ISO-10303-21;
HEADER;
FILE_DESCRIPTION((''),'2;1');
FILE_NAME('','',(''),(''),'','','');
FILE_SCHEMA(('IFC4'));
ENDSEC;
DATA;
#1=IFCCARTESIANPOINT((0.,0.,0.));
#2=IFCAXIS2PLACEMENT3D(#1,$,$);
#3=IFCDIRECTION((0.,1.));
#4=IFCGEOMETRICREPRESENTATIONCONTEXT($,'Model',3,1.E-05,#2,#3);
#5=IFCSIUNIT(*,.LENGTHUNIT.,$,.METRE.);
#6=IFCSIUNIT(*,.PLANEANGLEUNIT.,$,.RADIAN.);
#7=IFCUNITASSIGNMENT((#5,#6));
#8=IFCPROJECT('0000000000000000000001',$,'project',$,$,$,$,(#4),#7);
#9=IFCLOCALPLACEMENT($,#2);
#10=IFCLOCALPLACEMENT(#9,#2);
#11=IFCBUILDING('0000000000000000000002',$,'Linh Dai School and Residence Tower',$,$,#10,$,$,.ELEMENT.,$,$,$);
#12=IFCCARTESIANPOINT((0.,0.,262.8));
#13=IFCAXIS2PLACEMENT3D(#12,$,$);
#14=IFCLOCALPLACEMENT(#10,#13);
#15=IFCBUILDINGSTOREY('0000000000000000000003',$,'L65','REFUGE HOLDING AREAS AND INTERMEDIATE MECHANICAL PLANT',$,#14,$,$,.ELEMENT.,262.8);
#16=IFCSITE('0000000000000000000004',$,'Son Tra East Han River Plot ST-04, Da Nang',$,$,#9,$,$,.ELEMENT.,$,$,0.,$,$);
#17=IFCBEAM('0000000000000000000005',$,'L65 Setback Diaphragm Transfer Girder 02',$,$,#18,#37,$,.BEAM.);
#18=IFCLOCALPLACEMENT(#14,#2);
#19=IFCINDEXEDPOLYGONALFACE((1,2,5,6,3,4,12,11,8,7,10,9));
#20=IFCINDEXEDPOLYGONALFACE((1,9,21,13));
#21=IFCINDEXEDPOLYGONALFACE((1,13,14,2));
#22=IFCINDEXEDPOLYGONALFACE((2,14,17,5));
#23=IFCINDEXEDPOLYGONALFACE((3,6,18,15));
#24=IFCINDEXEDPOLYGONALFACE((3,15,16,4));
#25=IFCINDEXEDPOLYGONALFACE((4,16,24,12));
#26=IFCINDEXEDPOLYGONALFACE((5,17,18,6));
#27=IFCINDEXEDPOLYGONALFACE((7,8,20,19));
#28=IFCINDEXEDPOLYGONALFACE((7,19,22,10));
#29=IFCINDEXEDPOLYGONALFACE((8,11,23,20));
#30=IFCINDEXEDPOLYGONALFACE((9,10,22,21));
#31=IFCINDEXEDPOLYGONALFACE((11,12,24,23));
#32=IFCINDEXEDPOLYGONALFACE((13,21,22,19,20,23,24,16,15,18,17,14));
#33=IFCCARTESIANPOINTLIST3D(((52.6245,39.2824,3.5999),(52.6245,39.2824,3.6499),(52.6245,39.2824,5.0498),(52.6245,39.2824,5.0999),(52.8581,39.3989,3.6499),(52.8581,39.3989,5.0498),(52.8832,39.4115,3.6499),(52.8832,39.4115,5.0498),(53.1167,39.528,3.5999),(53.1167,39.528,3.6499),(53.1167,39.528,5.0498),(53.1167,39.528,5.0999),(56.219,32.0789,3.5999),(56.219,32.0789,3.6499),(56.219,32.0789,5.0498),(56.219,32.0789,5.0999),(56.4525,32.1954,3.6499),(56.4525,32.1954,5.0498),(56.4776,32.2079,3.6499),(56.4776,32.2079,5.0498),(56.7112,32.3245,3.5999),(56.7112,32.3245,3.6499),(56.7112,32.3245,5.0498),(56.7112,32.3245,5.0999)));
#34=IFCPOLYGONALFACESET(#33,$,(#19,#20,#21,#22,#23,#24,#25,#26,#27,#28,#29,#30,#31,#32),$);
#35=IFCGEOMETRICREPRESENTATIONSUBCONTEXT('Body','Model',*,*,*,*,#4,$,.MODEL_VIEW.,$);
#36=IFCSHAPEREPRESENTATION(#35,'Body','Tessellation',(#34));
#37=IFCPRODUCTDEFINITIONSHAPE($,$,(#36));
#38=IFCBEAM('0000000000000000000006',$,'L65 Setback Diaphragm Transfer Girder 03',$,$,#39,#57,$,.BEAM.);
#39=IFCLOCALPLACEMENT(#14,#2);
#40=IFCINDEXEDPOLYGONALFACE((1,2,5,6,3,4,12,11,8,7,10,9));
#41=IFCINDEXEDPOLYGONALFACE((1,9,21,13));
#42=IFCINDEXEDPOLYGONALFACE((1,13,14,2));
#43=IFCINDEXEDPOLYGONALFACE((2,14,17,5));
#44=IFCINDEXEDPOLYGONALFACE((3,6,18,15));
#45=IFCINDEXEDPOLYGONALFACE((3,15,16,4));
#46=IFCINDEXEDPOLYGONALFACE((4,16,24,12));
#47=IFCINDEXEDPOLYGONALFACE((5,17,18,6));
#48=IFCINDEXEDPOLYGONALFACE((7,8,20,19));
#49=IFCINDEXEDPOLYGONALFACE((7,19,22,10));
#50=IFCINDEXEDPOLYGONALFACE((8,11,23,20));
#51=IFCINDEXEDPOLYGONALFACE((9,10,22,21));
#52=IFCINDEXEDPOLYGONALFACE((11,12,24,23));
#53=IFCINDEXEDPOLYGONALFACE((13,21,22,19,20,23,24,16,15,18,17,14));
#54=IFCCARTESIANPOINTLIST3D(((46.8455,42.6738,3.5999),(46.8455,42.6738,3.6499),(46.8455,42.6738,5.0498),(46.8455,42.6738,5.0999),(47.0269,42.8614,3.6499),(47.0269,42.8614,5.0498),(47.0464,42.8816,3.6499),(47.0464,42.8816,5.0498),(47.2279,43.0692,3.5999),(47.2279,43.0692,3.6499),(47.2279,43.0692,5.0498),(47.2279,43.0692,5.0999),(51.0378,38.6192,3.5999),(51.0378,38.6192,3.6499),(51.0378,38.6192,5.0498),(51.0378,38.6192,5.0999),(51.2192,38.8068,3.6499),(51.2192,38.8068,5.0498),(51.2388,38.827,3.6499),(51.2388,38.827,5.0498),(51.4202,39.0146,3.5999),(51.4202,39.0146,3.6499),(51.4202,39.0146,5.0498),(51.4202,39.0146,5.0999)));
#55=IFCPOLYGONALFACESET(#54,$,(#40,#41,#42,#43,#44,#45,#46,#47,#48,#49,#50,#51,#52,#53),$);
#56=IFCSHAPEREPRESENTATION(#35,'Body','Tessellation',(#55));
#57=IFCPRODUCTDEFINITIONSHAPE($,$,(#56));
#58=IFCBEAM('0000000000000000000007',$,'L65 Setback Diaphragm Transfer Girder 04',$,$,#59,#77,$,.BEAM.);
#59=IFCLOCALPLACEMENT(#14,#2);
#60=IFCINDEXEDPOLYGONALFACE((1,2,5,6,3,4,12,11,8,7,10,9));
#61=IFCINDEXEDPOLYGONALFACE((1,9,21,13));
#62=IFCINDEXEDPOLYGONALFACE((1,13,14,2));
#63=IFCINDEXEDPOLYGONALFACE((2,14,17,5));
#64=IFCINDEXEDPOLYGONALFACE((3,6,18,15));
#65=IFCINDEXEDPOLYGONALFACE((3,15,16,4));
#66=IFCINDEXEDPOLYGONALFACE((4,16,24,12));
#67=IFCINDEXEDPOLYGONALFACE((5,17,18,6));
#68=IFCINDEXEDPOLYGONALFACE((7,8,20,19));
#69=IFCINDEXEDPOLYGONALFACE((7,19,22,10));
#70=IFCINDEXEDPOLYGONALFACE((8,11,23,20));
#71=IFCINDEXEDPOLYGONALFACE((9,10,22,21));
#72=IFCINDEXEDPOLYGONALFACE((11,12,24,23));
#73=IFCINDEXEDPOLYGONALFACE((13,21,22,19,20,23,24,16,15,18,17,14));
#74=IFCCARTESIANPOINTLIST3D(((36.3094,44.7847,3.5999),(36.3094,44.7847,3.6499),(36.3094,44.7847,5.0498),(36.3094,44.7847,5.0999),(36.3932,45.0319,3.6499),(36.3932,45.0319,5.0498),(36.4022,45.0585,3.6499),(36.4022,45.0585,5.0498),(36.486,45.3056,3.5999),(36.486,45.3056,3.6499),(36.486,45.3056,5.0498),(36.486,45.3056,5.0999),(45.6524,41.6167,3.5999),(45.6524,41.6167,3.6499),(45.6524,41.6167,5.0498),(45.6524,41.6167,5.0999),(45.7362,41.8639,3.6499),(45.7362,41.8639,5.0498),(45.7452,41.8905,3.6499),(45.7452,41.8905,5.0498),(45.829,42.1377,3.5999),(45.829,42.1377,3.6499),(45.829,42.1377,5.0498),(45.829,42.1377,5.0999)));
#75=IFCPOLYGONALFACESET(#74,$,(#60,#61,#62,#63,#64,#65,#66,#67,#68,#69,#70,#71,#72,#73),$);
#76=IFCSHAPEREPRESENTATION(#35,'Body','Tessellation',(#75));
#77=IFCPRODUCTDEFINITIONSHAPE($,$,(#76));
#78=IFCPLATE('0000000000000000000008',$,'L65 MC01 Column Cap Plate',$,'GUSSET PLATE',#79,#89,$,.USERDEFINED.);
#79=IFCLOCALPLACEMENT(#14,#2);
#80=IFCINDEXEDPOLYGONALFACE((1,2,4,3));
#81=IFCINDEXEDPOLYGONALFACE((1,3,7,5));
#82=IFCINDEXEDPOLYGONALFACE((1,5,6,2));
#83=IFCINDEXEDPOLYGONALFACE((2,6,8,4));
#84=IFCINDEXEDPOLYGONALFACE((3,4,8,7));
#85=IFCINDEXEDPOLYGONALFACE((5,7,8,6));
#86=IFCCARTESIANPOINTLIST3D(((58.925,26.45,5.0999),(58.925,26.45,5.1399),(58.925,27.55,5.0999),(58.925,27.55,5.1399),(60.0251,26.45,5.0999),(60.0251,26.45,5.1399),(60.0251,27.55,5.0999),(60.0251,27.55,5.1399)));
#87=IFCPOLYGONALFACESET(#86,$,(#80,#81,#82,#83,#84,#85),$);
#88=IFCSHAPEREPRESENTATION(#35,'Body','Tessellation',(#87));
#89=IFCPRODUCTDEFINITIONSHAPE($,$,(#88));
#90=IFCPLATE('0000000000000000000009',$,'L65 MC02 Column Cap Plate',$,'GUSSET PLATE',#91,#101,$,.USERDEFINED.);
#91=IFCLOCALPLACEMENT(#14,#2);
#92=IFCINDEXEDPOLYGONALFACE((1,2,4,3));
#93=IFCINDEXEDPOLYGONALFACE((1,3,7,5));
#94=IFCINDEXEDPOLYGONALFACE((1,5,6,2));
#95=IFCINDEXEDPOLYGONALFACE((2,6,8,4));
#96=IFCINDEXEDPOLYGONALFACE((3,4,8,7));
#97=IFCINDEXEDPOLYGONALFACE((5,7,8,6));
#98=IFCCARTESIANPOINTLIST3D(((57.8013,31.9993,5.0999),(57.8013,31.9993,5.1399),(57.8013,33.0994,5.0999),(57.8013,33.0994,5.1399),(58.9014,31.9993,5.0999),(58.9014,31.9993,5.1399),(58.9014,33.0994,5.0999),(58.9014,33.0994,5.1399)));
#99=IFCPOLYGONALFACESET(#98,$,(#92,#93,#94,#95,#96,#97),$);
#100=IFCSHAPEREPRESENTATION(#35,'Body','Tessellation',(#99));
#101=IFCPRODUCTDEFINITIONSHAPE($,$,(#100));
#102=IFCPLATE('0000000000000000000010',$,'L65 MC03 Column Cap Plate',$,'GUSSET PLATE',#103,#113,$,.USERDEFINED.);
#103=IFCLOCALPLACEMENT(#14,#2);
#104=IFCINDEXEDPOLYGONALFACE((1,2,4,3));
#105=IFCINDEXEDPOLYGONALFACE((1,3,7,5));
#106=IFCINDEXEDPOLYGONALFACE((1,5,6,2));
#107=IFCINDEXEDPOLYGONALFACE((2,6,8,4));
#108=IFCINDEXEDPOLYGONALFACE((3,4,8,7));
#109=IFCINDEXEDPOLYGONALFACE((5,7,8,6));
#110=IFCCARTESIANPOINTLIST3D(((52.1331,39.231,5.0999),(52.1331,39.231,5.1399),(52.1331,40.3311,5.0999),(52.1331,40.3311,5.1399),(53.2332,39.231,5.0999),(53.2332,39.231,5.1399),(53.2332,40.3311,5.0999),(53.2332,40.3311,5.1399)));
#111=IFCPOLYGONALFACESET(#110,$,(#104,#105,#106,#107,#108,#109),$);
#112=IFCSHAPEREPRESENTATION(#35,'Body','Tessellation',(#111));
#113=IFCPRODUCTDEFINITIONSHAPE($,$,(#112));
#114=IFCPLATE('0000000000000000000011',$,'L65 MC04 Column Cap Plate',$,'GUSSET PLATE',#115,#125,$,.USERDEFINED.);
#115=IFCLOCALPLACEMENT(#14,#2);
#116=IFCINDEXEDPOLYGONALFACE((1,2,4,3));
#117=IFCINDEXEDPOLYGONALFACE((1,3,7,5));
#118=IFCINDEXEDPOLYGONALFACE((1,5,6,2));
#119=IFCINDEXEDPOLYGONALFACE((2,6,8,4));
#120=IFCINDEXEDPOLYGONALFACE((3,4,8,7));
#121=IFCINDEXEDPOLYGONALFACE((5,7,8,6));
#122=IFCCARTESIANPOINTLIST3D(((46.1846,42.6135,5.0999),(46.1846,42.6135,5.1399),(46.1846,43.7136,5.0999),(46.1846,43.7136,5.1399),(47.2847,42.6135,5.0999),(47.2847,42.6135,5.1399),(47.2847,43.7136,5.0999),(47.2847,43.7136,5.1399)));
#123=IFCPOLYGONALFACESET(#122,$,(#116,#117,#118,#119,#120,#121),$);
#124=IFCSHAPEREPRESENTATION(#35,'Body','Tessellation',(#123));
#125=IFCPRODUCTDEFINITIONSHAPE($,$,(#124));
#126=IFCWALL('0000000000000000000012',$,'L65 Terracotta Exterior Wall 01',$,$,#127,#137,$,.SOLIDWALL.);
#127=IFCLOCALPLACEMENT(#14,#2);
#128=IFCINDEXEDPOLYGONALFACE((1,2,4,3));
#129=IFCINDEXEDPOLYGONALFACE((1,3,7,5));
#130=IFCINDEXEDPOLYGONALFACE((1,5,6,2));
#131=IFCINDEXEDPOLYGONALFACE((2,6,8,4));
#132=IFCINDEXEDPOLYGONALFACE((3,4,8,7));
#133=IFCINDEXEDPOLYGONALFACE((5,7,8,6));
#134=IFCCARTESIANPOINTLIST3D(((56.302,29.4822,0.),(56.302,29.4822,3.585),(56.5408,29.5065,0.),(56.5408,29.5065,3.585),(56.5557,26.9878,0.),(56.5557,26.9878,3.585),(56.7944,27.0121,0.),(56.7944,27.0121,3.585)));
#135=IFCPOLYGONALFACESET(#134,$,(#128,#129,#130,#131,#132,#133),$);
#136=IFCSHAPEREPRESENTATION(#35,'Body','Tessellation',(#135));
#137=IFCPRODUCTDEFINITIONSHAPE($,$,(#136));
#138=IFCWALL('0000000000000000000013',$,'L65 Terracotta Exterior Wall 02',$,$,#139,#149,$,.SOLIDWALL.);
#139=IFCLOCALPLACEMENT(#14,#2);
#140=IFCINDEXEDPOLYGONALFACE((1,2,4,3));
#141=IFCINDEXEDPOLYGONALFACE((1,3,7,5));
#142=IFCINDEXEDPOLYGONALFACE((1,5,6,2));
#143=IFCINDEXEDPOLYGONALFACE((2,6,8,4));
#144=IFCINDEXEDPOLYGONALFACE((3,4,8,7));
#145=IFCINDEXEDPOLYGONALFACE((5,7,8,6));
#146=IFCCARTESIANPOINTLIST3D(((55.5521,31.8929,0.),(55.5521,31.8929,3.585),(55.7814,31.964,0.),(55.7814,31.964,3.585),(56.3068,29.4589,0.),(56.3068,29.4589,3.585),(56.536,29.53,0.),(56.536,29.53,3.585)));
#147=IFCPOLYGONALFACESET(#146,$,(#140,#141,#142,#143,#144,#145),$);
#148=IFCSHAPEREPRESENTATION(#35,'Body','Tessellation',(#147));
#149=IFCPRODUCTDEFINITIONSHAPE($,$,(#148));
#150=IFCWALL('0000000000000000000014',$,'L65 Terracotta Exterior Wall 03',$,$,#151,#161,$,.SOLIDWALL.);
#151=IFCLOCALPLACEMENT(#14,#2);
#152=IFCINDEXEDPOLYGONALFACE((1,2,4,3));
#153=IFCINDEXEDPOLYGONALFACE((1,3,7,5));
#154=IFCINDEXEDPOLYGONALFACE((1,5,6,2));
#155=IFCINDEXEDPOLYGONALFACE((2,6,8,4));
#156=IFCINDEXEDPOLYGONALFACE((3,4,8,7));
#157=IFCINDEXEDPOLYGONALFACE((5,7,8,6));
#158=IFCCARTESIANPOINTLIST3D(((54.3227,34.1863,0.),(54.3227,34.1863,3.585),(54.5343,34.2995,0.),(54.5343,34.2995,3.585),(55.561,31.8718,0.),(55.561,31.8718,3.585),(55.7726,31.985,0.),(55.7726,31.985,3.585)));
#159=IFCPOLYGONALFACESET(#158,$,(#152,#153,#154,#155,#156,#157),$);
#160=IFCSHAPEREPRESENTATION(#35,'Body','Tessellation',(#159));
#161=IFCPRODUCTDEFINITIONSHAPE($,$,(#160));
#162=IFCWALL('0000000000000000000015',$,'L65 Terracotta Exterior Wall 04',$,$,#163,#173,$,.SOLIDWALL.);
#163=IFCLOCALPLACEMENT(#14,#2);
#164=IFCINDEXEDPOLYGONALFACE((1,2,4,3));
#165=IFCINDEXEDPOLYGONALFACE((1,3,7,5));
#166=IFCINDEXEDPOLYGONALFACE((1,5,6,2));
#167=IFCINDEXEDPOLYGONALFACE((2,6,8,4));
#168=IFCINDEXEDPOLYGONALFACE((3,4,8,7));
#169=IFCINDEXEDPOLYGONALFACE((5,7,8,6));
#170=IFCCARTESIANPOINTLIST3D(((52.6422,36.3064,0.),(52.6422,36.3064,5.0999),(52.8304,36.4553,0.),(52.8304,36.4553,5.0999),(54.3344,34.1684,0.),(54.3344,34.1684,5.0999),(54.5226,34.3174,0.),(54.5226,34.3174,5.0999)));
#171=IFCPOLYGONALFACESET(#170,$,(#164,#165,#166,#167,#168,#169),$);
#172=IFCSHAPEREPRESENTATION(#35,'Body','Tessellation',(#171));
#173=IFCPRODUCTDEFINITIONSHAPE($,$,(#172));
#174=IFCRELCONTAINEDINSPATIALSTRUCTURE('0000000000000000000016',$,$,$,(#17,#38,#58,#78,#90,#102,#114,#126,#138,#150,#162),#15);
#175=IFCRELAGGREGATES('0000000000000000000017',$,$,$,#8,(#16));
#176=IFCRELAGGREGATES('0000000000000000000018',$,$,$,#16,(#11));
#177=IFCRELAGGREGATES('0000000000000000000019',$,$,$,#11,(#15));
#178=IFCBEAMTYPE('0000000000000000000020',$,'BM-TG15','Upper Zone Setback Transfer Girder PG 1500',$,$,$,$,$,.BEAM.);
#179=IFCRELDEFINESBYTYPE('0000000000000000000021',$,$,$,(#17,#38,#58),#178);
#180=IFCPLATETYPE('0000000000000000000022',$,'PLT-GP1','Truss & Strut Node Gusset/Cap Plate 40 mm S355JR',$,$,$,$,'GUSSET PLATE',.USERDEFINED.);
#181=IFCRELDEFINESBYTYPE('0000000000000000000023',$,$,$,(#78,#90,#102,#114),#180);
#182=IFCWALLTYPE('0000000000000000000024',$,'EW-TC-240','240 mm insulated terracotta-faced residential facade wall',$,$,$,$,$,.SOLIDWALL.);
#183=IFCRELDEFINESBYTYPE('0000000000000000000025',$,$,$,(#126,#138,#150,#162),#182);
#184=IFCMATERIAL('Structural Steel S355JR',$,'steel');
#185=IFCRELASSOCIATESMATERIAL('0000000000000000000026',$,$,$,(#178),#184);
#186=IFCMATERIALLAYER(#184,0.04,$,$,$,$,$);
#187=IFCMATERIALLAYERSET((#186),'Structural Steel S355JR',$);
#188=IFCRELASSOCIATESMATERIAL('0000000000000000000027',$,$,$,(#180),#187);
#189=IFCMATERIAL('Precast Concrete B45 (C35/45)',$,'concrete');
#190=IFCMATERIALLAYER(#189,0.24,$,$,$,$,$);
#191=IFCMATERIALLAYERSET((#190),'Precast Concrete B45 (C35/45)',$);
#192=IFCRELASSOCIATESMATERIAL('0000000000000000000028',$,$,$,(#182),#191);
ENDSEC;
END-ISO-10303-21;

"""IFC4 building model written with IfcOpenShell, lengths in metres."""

from ifc_helpers import new_model, si_unit, direction, frame, frame_2d, origin, origin_2d, place, context, subcontext, project, spatial, rectangle, i_section, extrude, source, transform, mapped, material, layer, layer_set, material_profile, profile_set, type_object, element, save


model = new_model("IFC4")

# Units and contexts
model_context = context("Model", 3, precision=1e-05, world=origin(), true_north=direction((0.0, 1.0)))
body_context = subcontext(model_context, "Body", "Model", "MODEL_VIEW")
ifc_project = project(units=[si_unit("LENGTHUNIT", "METRE"), si_unit("PLANEANGLEUNIT", "RADIAN")], contexts=[model_context])

# Site, building, storey
site_placement = place(None, origin())
site = spatial("IfcSite", under=ifc_project, at=site_placement, Name="Son Tra East Han River Plot ST-04, Da Nang", CompositionType="ELEMENT", RefElevation=0.0)
building_placement = place(site_placement, origin())
building = spatial("IfcBuilding", under=site, at=building_placement, Name="Linh Dai School and Residence Tower", CompositionType="ELEMENT")
storey_placement = place(building_placement, frame((0.0, 0.0, 262.8)))
storey = spatial("IfcBuildingStorey", under=building, at=storey_placement, Name="L65", Description="REFUGE HOLDING AREAS AND INTERMEDIATE MECHANICAL PLANT", CompositionType="ELEMENT", Elevation=262.8)

# Shared definitions
ifc_material_1 = material(Name="Structural Steel S355JR", Category="steel")

# Beams
ifc_material_profile_1 = material_profile(ifc_material_1, i_section(OverallWidth=0.55, OverallDepth=1.5, WebThickness=0.0281, FlangeThickness=0.05, at=origin_2d()), Name="PG 1500x550x28x50")
ifc_profile_set_1 = profile_set([ifc_material_profile_1], Name="Structural Steel S355JR")
beam_type_1 = type_object("IfcBeamType", Name="BM-TG15", Description="Upper Zone Setback Transfer Girder PG 1500", PredefinedType="BEAM", material=ifc_profile_set_1)
beam_1_placement = place(storey_placement, frame((56.4651, 32.2017, 4.3499), z_axis=(-0.446486, 0.894791, 0.0), x_axis=(-0.894791, -0.446486, 0.0)))
element("IfcBeam", 1, at=beam_1_placement, inside=storey, type_object=beam_type_1, Name="L65 Setback Diaphragm Transfer Girder 02", PredefinedType="BEAM", context=body_context, shape_type="SweptSolid", body=[
    extrude(i_section(OverallWidth=0.55, OverallDepth=1.5, WebThickness=0.0281, FlangeThickness=0.05, at=origin_2d()), origin(), (0.0, 0.0, 1.0), 8.0505),
])
beam_2_placement = place(storey_placement, frame((51.229, 38.8169, 4.3499), z_axis=(-0.718813, 0.695204, 0.0), x_axis=(-0.695204, -0.718813, 0.0)))
element("IfcBeam", 2, at=beam_2_placement, inside=storey, type_object=beam_type_1, Name="L65 Setback Diaphragm Transfer Girder 03", PredefinedType="BEAM", context=body_context, shape_type="SweptSolid", body=[
    extrude(i_section(OverallWidth=0.55, OverallDepth=1.5, WebThickness=0.0281, FlangeThickness=0.05, at=origin_2d()), origin(), (0.0, 0.0, 1.0), 5.8323),
])
beam_3_placement = place(storey_placement, frame((45.7407, 41.8772, 4.3499), z_axis=(-0.94704, 0.321116, 0.0), x_axis=(-0.321116, -0.94704, 0.0)))
element("IfcBeam", 3, at=beam_3_placement, inside=storey, type_object=beam_type_1, Name="L65 Setback Diaphragm Transfer Girder 04", PredefinedType="BEAM", context=body_context, shape_type="SweptSolid", body=[
    extrude(i_section(OverallWidth=0.55, OverallDepth=1.5, WebThickness=0.0281, FlangeThickness=0.05, at=origin_2d()), origin(), (0.0, 0.0, 1.0), 9.8655),
])

# Plates
ifc_layer_1 = layer(ifc_material_1, 0.04)
ifc_layer_set_1 = layer_set([ifc_layer_1], Name="Structural Steel S355JR")
plate_type = type_object("IfcPlateType", Name="PLT-GP1", Description="Truss & Strut Node Gusset/Cap Plate 40 mm S355JR", ElementType="GUSSET PLATE", PredefinedType="USERDEFINED", material=ifc_layer_set_1)
shared_shape_1 = source(origin(), body_context, "Body", "SweptSolid", [
    extrude(rectangle(XDim=1.1001, YDim=1.1001, at=origin_2d()), origin(), (0.0, 0.0, 1.0), 0.04),
])
for number, where, z_axis, x_axis, name in (
    (4, (59.4751, 27.0, 5.0999), (0.0, 0.0, 1.0), (1.0, 0.0, 0.0), "L65 MC01 Column Cap Plate"),
    (5, (58.3513, 32.5493, 5.0999), (0.0, 0.0, 1.0), (1.0, 0.0, 0.0), "L65 MC02 Column Cap Plate"),
    (6, (52.6831, 39.781, 5.0999), (0.0, 0.0, 1.0), (1.0, 0.0, 0.0), "L65 MC03 Column Cap Plate"),
    (7, (46.7346, 43.1636, 5.0999), (0.0, 0.0, 1.0), (1.0, 0.0, 0.0), "L65 MC04 Column Cap Plate"),
):
    element("IfcPlate", number, at=place(storey_placement, frame(where, z_axis=z_axis, x_axis=x_axis)), inside=storey, type_object=plate_type, Name=name, ObjectType="GUSSET PLATE", PredefinedType="USERDEFINED", context=body_context, shape_type="MappedRepresentation", body=[
        mapped(shared_shape_1, transform((0.0, 0.0, 0.0), x_axis=(1.0, 0.0, 0.0), y_axis=(0.0, 1.0, 0.0), z_axis=(0.0, 0.0, 1.0), scale=1.0)),
    ])

# Walls
ifc_material_2 = material(Name="Precast Concrete B45 (C35/45)", Category="concrete")
ifc_layer_2 = layer(ifc_material_2, 0.24)
ifc_layer_set_2 = layer_set([ifc_layer_2], Name="Precast Concrete B45 (C35/45)")
wall_type_1 = type_object("IfcWallType", Name="EW-TC-240", Description="240 mm insulated terracotta-faced residential facade wall", PredefinedType="SOLIDWALL", material=ifc_layer_set_2)
wall_1_placement = place(storey_placement, frame((56.4214, 29.4944, 0.0), z_axis=(0.0, 0.0, 1.0), x_axis=(0.101171, -0.994869, 0.0)))
element("IfcWall", 8, at=wall_1_placement, inside=storey, type_object=wall_type_1, Name="L65 Terracotta Exterior Wall 01", PredefinedType="SOLIDWALL", context=body_context, shape_type="SweptSolid", body=[
    extrude(rectangle(XDim=2.5073, YDim=0.24, at=frame_2d((1.2537, 0.0))), origin(), (0.0, 0.0, 1.0), 3.585),
])
wall_2_placement = place(storey_placement, frame((55.6667, 31.9285, 0.0), z_axis=(0.0, 0.0, 1.0), x_axis=(0.296125, -0.955149, 0.0)))
element("IfcWall", 9, at=wall_2_placement, inside=storey, type_object=wall_type_1, Name="L65 Terracotta Exterior Wall 02", PredefinedType="SOLIDWALL", context=body_context, shape_type="SweptSolid", body=[
    extrude(rectangle(XDim=2.5483, YDim=0.24, at=frame_2d((1.2742, 0.0))), origin(), (0.0, 0.0, 1.0), 3.585),
])
wall_3_placement = place(storey_placement, frame((54.4285, 34.2429, 0.0), z_axis=(0.0, 0.0, 1.0), x_axis=(0.471746, -0.881734, 0.0)))
element("IfcWall", 10, at=wall_3_placement, inside=storey, type_object=wall_type_1, Name="L65 Terracotta Exterior Wall 03", PredefinedType="SOLIDWALL", context=body_context, shape_type="SweptSolid", body=[
    extrude(rectangle(XDim=2.625, YDim=0.24, at=frame_2d((1.3125, 0.0))), origin(), (0.0, 0.0, 1.0), 3.585),
])
wall_4_placement = place(storey_placement, frame((52.7363, 36.3809, 0.0), z_axis=(0.0, 0.0, 1.0), x_axis=(0.620613, -0.784117, 0.0)))
element("IfcWall", 11, at=wall_4_placement, inside=storey, type_object=wall_type_1, Name="L65 Terracotta Exterior Wall 04", PredefinedType="SOLIDWALL", context=body_context, shape_type="SweptSolid", body=[
    extrude(rectangle(XDim=2.7266, YDim=0.24, at=frame_2d((1.3633, 0.0))), origin(), (0.0, 0.0, 1.0), 5.0999),
])

save(model, "model.ifc")
